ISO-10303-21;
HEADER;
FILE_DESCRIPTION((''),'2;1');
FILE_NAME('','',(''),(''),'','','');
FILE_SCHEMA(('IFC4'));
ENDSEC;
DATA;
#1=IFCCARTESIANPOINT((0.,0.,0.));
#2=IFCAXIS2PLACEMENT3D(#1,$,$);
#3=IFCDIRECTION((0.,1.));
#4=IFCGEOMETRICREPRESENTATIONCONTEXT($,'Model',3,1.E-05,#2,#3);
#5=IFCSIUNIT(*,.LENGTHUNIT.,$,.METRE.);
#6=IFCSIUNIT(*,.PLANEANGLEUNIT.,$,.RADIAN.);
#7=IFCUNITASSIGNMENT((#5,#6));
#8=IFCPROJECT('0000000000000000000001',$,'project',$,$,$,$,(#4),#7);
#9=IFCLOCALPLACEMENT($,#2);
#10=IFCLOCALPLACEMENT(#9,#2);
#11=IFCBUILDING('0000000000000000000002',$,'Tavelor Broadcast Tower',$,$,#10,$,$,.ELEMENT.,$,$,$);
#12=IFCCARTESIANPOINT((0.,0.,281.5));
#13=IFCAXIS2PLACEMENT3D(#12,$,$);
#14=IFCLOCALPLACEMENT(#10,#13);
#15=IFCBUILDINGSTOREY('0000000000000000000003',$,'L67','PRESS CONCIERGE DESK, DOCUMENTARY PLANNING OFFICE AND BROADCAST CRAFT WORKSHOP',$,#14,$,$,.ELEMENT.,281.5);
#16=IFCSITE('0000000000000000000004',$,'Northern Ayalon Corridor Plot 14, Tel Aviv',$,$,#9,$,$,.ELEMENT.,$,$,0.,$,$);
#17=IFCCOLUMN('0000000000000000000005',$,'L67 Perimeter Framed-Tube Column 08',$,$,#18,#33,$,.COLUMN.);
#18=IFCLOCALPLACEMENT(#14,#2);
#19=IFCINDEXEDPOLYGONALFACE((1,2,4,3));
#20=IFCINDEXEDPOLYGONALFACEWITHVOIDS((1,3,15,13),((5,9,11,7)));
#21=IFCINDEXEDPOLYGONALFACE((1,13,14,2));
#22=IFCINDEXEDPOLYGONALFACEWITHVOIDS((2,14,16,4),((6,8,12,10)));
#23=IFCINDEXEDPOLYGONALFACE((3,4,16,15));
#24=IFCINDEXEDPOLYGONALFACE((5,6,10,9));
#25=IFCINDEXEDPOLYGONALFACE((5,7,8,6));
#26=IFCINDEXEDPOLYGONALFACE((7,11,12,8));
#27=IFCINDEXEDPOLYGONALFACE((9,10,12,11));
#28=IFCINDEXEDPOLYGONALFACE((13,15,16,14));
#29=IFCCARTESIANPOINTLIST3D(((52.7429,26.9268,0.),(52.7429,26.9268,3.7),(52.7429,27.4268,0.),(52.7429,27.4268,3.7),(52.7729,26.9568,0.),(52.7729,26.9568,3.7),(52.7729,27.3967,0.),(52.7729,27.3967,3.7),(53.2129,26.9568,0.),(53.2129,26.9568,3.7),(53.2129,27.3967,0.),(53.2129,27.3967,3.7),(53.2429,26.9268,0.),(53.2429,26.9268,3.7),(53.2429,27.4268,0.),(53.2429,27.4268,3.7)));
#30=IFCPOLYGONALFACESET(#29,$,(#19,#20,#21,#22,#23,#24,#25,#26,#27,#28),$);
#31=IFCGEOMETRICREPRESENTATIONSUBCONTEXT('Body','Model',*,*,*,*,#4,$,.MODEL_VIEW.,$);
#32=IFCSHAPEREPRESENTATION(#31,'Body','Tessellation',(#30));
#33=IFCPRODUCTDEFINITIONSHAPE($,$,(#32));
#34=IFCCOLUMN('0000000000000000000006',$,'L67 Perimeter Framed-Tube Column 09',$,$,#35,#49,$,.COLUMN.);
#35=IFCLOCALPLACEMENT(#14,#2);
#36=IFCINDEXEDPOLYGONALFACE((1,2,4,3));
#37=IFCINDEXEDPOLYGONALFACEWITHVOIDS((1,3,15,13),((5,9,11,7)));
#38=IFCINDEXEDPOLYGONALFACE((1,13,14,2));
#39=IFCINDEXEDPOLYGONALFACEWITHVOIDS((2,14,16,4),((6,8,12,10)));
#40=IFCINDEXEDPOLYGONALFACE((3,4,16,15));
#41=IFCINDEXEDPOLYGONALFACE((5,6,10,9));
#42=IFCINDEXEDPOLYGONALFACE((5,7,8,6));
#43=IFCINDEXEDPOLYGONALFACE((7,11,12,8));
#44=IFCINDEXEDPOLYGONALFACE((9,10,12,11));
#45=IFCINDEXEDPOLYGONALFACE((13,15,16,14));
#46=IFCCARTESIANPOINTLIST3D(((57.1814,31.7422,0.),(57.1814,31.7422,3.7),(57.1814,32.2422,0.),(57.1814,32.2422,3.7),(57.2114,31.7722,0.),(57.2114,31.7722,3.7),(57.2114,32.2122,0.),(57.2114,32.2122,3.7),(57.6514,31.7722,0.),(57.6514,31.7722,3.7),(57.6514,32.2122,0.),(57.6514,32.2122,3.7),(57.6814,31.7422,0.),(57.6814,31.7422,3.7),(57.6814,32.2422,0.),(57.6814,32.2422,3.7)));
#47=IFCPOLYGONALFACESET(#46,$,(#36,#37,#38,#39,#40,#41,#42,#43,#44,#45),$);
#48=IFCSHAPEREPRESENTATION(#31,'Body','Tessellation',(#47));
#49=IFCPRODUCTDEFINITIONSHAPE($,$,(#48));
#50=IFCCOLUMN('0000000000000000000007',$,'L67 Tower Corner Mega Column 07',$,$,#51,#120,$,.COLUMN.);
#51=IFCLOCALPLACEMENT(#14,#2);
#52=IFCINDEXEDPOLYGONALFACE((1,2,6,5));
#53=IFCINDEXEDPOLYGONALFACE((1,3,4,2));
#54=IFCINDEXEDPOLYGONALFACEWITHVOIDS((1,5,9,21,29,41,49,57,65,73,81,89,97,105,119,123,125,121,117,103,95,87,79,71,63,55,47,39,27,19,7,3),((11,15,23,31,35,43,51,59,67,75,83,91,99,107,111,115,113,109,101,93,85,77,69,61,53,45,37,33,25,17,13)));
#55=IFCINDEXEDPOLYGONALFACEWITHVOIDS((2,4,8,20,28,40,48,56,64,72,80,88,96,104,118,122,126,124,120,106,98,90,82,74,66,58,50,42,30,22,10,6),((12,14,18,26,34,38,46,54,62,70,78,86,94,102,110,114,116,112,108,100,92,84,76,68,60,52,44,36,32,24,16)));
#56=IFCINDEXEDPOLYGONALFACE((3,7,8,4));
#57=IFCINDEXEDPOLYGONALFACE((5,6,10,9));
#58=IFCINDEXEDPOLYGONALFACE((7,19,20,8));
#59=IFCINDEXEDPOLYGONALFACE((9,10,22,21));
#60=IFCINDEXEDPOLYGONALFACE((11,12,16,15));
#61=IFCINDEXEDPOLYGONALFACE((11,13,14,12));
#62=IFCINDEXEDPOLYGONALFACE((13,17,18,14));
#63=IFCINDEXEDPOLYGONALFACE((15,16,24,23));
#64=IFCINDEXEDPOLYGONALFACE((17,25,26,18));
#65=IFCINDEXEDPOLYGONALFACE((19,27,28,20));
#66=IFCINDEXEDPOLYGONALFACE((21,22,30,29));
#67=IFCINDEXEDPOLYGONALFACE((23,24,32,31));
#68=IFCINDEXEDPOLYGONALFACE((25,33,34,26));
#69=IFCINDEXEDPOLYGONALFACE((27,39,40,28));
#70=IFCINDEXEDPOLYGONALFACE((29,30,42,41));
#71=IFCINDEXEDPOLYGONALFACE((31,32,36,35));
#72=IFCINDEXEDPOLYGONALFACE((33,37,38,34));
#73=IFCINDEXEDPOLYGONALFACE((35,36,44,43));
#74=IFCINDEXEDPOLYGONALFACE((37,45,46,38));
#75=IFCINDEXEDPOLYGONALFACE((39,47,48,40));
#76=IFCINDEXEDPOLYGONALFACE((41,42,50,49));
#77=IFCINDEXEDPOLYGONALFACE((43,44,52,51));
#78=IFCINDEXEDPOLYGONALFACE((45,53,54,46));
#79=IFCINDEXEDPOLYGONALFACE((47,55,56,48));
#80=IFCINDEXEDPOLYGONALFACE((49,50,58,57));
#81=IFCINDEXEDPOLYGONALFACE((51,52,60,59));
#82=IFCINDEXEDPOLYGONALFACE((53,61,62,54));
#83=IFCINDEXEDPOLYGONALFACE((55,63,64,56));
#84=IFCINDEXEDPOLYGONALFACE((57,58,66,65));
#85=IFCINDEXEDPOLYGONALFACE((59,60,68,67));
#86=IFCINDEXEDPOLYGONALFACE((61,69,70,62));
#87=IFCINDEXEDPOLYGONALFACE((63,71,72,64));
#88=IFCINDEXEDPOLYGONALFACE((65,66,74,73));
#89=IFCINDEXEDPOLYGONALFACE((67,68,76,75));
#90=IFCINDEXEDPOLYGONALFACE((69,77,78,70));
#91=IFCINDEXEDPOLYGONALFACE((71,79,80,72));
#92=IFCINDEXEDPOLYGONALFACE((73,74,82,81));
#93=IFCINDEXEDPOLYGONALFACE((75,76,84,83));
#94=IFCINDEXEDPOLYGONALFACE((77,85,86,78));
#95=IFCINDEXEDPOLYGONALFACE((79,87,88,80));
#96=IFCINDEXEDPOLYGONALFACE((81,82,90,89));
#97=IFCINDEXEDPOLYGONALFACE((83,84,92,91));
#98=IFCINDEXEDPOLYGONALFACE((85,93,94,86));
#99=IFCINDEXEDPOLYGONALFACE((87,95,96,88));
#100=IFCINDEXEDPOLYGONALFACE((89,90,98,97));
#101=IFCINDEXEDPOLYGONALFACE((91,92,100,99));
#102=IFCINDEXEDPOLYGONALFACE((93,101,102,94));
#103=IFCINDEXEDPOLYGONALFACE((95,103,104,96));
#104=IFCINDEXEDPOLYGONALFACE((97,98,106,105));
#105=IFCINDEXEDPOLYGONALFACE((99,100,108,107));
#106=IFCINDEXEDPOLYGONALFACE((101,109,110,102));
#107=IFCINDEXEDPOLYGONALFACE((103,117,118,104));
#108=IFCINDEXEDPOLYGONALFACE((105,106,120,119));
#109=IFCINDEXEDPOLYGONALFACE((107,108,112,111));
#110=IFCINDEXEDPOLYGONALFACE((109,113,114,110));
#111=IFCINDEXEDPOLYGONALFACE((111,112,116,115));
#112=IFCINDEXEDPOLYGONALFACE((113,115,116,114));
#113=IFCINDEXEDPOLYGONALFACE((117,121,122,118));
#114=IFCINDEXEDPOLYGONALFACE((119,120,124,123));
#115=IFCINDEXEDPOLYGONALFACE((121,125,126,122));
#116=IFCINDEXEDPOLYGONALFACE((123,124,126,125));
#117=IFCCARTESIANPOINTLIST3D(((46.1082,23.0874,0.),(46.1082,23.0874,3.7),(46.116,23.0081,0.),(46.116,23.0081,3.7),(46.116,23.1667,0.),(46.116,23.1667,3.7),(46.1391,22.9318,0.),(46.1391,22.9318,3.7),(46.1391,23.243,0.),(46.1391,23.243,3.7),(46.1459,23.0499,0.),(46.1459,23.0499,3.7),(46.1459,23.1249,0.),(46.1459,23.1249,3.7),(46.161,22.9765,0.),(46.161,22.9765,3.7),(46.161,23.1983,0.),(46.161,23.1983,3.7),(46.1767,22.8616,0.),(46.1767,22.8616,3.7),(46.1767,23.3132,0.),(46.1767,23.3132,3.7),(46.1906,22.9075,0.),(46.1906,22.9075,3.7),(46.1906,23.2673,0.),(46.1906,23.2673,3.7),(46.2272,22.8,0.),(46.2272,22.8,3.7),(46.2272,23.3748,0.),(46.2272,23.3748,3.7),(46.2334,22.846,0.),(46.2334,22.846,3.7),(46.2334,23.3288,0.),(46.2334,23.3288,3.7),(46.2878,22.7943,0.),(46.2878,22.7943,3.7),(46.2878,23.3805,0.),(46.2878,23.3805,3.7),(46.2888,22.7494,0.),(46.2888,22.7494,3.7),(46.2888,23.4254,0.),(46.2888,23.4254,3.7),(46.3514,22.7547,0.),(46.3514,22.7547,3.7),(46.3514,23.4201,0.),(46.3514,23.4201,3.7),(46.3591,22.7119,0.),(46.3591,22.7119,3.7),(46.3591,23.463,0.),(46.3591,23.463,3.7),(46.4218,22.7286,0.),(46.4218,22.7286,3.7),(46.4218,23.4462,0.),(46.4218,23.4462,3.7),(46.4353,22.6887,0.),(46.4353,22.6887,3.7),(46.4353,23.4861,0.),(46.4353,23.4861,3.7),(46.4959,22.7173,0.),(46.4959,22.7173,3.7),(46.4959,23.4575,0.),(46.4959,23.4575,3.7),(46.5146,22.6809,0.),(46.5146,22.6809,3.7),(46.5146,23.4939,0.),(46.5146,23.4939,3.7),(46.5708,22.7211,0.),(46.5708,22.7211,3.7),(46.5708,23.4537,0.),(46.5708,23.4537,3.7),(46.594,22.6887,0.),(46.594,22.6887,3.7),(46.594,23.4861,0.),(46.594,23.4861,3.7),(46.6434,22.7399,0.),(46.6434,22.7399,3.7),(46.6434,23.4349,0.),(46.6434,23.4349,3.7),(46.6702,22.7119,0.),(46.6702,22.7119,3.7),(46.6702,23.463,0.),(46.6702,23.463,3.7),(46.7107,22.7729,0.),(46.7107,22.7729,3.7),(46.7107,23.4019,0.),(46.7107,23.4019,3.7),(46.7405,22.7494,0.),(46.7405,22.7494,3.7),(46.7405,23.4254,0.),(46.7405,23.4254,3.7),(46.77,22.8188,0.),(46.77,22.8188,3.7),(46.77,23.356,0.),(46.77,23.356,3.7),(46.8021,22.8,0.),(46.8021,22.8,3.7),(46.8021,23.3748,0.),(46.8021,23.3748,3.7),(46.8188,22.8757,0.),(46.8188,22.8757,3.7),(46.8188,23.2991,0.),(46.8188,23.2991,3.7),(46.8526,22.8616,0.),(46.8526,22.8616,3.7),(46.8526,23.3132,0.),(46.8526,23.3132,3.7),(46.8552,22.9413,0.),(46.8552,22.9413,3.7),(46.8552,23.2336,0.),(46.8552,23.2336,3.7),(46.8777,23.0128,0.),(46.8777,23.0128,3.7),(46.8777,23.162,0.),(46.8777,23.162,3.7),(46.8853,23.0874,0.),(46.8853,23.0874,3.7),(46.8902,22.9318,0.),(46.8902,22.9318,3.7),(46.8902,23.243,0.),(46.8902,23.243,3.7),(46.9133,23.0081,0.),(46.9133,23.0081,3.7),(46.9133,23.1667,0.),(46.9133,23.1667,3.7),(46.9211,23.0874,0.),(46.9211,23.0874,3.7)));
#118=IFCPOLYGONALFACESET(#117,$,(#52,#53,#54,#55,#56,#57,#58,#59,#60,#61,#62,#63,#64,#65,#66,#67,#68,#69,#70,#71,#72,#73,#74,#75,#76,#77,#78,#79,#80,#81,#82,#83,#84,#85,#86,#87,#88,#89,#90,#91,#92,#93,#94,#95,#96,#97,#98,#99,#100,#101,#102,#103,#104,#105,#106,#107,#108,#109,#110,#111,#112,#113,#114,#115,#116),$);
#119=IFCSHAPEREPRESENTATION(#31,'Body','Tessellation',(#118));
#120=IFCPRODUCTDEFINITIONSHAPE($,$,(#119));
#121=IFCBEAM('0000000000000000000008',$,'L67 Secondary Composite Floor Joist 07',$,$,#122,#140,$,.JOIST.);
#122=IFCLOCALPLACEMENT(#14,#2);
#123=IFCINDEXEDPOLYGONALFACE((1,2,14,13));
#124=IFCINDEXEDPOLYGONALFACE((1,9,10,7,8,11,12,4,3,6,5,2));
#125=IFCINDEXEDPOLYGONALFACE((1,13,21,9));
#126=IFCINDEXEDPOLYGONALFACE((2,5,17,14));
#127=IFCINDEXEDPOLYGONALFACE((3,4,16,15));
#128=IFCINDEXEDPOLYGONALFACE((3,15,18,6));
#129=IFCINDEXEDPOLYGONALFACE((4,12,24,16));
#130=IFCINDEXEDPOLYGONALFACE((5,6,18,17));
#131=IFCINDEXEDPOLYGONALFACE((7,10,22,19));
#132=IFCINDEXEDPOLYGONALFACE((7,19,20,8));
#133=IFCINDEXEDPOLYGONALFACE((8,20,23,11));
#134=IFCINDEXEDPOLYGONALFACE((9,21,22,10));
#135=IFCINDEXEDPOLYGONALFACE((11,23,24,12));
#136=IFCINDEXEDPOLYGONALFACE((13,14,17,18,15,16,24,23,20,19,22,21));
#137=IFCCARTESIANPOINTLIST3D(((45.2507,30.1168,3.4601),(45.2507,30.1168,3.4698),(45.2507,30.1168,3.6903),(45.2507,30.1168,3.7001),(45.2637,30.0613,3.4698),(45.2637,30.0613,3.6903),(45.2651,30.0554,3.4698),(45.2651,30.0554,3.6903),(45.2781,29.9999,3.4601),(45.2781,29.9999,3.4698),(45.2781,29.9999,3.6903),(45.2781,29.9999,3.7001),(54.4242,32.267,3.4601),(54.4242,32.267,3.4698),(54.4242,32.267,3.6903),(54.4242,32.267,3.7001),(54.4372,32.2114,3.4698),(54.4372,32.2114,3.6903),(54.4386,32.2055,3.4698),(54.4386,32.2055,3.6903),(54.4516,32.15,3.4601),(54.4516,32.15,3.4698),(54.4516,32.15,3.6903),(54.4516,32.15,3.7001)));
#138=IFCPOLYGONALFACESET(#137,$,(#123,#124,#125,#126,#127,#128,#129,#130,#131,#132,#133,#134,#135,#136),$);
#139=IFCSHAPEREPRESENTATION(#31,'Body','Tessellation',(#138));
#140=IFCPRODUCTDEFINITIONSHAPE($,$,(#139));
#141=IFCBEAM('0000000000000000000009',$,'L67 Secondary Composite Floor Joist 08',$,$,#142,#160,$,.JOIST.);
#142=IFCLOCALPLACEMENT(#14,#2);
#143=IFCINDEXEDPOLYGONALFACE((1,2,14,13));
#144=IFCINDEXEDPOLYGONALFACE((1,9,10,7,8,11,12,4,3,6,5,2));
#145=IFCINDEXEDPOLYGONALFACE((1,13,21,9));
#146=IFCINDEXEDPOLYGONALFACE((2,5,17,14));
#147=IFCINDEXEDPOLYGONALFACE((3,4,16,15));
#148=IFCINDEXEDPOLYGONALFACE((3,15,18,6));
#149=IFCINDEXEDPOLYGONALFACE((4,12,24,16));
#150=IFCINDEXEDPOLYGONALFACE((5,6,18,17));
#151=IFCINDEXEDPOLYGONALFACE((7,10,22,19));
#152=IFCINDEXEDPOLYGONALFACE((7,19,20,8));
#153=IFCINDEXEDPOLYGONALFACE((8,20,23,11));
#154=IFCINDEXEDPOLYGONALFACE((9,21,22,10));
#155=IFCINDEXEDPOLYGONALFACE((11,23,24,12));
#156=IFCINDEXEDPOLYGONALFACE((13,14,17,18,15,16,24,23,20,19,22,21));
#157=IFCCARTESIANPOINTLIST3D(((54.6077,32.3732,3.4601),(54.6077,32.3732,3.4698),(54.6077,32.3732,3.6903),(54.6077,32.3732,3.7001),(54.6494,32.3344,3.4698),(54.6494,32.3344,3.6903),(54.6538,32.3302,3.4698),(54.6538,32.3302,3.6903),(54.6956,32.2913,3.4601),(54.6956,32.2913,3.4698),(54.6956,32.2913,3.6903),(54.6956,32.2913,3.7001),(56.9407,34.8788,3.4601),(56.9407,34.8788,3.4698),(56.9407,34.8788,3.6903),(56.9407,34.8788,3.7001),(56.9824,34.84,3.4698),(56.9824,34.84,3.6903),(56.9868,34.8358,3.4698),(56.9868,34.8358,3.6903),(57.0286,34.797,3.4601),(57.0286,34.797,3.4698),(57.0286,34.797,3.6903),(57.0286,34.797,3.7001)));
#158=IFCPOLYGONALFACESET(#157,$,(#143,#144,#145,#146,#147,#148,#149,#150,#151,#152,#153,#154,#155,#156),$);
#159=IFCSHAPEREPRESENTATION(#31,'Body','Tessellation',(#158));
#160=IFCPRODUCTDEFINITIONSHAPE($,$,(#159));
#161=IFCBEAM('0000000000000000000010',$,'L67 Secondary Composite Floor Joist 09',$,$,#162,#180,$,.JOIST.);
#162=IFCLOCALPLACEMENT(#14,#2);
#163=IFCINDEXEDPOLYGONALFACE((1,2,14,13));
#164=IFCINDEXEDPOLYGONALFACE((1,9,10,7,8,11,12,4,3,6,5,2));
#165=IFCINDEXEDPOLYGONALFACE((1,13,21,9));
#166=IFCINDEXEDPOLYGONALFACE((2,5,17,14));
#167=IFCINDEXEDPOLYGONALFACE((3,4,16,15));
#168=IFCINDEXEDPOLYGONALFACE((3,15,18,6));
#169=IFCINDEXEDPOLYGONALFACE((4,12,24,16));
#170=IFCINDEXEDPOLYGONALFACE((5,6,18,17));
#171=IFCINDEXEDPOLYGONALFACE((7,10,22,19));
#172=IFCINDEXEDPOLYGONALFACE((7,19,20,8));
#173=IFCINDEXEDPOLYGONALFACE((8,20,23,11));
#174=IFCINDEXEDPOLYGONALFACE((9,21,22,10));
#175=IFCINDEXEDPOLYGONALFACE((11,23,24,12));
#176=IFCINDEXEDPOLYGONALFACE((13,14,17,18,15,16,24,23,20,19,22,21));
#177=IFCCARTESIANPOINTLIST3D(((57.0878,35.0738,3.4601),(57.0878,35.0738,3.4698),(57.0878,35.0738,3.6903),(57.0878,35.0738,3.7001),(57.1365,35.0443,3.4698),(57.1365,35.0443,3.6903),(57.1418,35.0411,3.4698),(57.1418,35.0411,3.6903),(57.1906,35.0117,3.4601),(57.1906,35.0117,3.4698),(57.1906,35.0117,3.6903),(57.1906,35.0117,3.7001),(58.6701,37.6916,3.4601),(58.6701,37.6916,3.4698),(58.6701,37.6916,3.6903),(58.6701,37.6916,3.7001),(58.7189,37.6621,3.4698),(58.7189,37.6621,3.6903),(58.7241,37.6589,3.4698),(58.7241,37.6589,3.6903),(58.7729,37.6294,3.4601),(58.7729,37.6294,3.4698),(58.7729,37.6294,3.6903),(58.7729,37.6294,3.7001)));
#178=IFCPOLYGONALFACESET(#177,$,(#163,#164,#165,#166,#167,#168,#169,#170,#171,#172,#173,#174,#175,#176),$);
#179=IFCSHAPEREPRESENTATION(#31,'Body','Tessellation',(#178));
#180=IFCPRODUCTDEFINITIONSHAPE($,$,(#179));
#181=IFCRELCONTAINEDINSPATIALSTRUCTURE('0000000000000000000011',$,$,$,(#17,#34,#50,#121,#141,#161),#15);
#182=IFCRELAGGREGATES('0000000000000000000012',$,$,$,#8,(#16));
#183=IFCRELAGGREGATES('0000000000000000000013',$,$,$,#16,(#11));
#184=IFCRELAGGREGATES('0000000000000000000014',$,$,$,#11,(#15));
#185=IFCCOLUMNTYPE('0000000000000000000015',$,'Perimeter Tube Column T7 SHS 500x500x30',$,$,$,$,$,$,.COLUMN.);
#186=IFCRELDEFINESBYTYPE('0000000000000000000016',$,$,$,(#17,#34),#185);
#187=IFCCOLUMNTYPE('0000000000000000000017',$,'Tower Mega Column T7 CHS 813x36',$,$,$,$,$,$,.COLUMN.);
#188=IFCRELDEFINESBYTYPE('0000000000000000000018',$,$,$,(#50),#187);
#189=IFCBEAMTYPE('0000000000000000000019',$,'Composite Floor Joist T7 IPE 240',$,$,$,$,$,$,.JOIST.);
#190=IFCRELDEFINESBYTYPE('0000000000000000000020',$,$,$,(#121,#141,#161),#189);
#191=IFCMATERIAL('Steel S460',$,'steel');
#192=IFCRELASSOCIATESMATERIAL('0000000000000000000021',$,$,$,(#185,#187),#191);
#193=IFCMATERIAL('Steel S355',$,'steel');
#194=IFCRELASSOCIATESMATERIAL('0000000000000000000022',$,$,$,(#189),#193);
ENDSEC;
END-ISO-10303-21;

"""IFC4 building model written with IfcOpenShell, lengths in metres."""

from ifc_helpers import new_model, si_unit, direction, frame, origin, origin_2d, place, context, subcontext, project, spatial, hollow_rectangle, hollow_circle, i_section, extrude, material, material_profile, profile_set, type_object, element, save


model = new_model("IFC4")

# Units and contexts
model_context = context("Model", 3, precision=1e-05, world=origin(), true_north=direction((0.0, 1.0)))
body_context = subcontext(model_context, "Body", "Model", "MODEL_VIEW")
ifc_project = project(units=[si_unit("LENGTHUNIT", "METRE"), si_unit("PLANEANGLEUNIT", "RADIAN")], contexts=[model_context])

# Site, building, storey
site_placement = place(None, origin())
site = spatial("IfcSite", under=ifc_project, at=site_placement, Name="Northern Ayalon Corridor Plot 14, Tel Aviv", CompositionType="ELEMENT", RefElevation=0.0)
building_placement = place(site_placement, origin())
building = spatial("IfcBuilding", under=site, at=building_placement, Name="Tavelor Broadcast Tower", CompositionType="ELEMENT")
storey_placement = place(building_placement, frame((0.0, 0.0, 281.5)))
storey = spatial("IfcBuildingStorey", under=building, at=storey_placement, Name="L67", Description="PRESS CONCIERGE DESK, DOCUMENTARY PLANNING OFFICE AND BROADCAST CRAFT WORKSHOP", CompositionType="ELEMENT", Elevation=281.5)

# Columns
ifc_material_1 = material(Name="Steel S460", Category="steel")
ifc_material_profile_1 = material_profile(ifc_material_1, hollow_rectangle(XDim=0.5, YDim=0.5, WallThickness=0.03, at=origin_2d()), Name="SHS 500x500x30")
ifc_profile_set_1 = profile_set([ifc_material_profile_1], Name="Steel S460")
column_type_1 = type_object("IfcColumnType", Name="Perimeter Tube Column T7 SHS 500x500x30", PredefinedType="COLUMN", material=ifc_profile_set_1)
for number, where, z_axis, x_axis, name in (
    (1, (52.9929, 27.1768, 0.0), (0.0, 0.0, 1.0), (1.0, 0.0, 0.0), "L67 Perimeter Framed-Tube Column 08"),
    (2, (57.4314, 31.9922, 0.0), (0.0, 0.0, 1.0), (1.0, 0.0, 0.0), "L67 Perimeter Framed-Tube Column 09"),
):
    element("IfcColumn", number, at=place(storey_placement, frame(where, z_axis=z_axis, x_axis=x_axis)), inside=storey, type_object=column_type_1, Name=name, PredefinedType="COLUMN", context=body_context, shape_type="SweptSolid", body=[
        extrude(hollow_rectangle(XDim=0.5, YDim=0.5, WallThickness=0.03, at=origin_2d()), origin(), (0.0, 0.0, 1.0), 3.7),
    ])
ifc_material_profile_2 = material_profile(ifc_material_1, hollow_circle(Radius=0.4065, WallThickness=0.0359, at=origin_2d()), Name="CHS 813x36")
ifc_profile_set_2 = profile_set([ifc_material_profile_2], Name="Steel S460")
column_type_2 = type_object("IfcColumnType", Name="Tower Mega Column T7 CHS 813x36", PredefinedType="COLUMN", material=ifc_profile_set_2)
column_placement = place(storey_placement, frame((46.5146, 23.0874, 0.0), z_axis=(0.0, 0.0, 1.0), x_axis=(1.0, 0.0, 0.0)))
element("IfcColumn", 3, at=column_placement, inside=storey, type_object=column_type_2, Name="L67 Tower Corner Mega Column 07", PredefinedType="COLUMN", context=body_context, shape_type="SweptSolid", body=[
    extrude(hollow_circle(Radius=0.4065, WallThickness=0.0359, at=origin_2d()), origin(), (0.0, 0.0, 1.0), 3.7),
])

# Beams
ifc_material_2 = material(Name="Steel S355", Category="steel")
ifc_material_profile_3 = material_profile(ifc_material_2, i_section(OverallWidth=0.1201, OverallDepth=0.24, WebThickness=0.0061, FlangeThickness=0.0098, at=origin_2d()), Name="IPE 240")
ifc_profile_set_3 = profile_set([ifc_material_profile_3], Name="Steel S355")
beam_type_1 = type_object("IfcBeamType", Name="Composite Floor Joist T7 IPE 240", PredefinedType="JOIST", material=ifc_profile_set_3)
beam_1_placement = place(storey_placement, frame((45.2644, 30.0583, 3.5801), z_axis=(0.973614, 0.2282, 0.0), x_axis=(-0.2282, 0.973614, 0.0)))
element("IfcBeam", 4, at=beam_1_placement, inside=storey, type_object=beam_type_1, Name="L67 Secondary Composite Floor Joist 07", PredefinedType="JOIST", context=body_context, shape_type="SweptSolid", body=[
    extrude(i_section(OverallWidth=0.1201, OverallDepth=0.24, WebThickness=0.0061, FlangeThickness=0.0098, at=origin_2d()), origin(), (0.0, 0.0, 1.0), 9.4221),
])
beam_2_placement = place(storey_placement, frame((54.6516, 32.3323, 3.5801), z_axis=(0.681449, 0.731866, 0.0), x_axis=(-0.731866, 0.681449, 0.0)))
element("IfcBeam", 5, at=beam_2_placement, inside=storey, type_object=beam_type_1, Name="L67 Secondary Composite Floor Joist 08", PredefinedType="JOIST", context=body_context, shape_type="SweptSolid", body=[
    extrude(i_section(OverallWidth=0.1201, OverallDepth=0.24, WebThickness=0.0061, FlangeThickness=0.0098, at=origin_2d()), origin(), (0.0, 0.0, 1.0), 3.4236),
])
beam_3_placement = place(storey_placement, frame((57.1392, 35.0427, 3.5801), z_axis=(0.517298, 0.855805, 0.0), x_axis=(-0.855805, 0.517298, 0.0)))
element("IfcBeam", 6, at=beam_3_placement, inside=storey, type_object=beam_type_1, Name="L67 Secondary Composite Floor Joist 09", PredefinedType="JOIST", context=body_context, shape_type="SweptSolid", body=[
    extrude(i_section(OverallWidth=0.1201, OverallDepth=0.24, WebThickness=0.0061, FlangeThickness=0.0098, at=origin_2d()), origin(), (0.0, 0.0, 1.0), 3.0588),
])

save(model, "model.ifc")
